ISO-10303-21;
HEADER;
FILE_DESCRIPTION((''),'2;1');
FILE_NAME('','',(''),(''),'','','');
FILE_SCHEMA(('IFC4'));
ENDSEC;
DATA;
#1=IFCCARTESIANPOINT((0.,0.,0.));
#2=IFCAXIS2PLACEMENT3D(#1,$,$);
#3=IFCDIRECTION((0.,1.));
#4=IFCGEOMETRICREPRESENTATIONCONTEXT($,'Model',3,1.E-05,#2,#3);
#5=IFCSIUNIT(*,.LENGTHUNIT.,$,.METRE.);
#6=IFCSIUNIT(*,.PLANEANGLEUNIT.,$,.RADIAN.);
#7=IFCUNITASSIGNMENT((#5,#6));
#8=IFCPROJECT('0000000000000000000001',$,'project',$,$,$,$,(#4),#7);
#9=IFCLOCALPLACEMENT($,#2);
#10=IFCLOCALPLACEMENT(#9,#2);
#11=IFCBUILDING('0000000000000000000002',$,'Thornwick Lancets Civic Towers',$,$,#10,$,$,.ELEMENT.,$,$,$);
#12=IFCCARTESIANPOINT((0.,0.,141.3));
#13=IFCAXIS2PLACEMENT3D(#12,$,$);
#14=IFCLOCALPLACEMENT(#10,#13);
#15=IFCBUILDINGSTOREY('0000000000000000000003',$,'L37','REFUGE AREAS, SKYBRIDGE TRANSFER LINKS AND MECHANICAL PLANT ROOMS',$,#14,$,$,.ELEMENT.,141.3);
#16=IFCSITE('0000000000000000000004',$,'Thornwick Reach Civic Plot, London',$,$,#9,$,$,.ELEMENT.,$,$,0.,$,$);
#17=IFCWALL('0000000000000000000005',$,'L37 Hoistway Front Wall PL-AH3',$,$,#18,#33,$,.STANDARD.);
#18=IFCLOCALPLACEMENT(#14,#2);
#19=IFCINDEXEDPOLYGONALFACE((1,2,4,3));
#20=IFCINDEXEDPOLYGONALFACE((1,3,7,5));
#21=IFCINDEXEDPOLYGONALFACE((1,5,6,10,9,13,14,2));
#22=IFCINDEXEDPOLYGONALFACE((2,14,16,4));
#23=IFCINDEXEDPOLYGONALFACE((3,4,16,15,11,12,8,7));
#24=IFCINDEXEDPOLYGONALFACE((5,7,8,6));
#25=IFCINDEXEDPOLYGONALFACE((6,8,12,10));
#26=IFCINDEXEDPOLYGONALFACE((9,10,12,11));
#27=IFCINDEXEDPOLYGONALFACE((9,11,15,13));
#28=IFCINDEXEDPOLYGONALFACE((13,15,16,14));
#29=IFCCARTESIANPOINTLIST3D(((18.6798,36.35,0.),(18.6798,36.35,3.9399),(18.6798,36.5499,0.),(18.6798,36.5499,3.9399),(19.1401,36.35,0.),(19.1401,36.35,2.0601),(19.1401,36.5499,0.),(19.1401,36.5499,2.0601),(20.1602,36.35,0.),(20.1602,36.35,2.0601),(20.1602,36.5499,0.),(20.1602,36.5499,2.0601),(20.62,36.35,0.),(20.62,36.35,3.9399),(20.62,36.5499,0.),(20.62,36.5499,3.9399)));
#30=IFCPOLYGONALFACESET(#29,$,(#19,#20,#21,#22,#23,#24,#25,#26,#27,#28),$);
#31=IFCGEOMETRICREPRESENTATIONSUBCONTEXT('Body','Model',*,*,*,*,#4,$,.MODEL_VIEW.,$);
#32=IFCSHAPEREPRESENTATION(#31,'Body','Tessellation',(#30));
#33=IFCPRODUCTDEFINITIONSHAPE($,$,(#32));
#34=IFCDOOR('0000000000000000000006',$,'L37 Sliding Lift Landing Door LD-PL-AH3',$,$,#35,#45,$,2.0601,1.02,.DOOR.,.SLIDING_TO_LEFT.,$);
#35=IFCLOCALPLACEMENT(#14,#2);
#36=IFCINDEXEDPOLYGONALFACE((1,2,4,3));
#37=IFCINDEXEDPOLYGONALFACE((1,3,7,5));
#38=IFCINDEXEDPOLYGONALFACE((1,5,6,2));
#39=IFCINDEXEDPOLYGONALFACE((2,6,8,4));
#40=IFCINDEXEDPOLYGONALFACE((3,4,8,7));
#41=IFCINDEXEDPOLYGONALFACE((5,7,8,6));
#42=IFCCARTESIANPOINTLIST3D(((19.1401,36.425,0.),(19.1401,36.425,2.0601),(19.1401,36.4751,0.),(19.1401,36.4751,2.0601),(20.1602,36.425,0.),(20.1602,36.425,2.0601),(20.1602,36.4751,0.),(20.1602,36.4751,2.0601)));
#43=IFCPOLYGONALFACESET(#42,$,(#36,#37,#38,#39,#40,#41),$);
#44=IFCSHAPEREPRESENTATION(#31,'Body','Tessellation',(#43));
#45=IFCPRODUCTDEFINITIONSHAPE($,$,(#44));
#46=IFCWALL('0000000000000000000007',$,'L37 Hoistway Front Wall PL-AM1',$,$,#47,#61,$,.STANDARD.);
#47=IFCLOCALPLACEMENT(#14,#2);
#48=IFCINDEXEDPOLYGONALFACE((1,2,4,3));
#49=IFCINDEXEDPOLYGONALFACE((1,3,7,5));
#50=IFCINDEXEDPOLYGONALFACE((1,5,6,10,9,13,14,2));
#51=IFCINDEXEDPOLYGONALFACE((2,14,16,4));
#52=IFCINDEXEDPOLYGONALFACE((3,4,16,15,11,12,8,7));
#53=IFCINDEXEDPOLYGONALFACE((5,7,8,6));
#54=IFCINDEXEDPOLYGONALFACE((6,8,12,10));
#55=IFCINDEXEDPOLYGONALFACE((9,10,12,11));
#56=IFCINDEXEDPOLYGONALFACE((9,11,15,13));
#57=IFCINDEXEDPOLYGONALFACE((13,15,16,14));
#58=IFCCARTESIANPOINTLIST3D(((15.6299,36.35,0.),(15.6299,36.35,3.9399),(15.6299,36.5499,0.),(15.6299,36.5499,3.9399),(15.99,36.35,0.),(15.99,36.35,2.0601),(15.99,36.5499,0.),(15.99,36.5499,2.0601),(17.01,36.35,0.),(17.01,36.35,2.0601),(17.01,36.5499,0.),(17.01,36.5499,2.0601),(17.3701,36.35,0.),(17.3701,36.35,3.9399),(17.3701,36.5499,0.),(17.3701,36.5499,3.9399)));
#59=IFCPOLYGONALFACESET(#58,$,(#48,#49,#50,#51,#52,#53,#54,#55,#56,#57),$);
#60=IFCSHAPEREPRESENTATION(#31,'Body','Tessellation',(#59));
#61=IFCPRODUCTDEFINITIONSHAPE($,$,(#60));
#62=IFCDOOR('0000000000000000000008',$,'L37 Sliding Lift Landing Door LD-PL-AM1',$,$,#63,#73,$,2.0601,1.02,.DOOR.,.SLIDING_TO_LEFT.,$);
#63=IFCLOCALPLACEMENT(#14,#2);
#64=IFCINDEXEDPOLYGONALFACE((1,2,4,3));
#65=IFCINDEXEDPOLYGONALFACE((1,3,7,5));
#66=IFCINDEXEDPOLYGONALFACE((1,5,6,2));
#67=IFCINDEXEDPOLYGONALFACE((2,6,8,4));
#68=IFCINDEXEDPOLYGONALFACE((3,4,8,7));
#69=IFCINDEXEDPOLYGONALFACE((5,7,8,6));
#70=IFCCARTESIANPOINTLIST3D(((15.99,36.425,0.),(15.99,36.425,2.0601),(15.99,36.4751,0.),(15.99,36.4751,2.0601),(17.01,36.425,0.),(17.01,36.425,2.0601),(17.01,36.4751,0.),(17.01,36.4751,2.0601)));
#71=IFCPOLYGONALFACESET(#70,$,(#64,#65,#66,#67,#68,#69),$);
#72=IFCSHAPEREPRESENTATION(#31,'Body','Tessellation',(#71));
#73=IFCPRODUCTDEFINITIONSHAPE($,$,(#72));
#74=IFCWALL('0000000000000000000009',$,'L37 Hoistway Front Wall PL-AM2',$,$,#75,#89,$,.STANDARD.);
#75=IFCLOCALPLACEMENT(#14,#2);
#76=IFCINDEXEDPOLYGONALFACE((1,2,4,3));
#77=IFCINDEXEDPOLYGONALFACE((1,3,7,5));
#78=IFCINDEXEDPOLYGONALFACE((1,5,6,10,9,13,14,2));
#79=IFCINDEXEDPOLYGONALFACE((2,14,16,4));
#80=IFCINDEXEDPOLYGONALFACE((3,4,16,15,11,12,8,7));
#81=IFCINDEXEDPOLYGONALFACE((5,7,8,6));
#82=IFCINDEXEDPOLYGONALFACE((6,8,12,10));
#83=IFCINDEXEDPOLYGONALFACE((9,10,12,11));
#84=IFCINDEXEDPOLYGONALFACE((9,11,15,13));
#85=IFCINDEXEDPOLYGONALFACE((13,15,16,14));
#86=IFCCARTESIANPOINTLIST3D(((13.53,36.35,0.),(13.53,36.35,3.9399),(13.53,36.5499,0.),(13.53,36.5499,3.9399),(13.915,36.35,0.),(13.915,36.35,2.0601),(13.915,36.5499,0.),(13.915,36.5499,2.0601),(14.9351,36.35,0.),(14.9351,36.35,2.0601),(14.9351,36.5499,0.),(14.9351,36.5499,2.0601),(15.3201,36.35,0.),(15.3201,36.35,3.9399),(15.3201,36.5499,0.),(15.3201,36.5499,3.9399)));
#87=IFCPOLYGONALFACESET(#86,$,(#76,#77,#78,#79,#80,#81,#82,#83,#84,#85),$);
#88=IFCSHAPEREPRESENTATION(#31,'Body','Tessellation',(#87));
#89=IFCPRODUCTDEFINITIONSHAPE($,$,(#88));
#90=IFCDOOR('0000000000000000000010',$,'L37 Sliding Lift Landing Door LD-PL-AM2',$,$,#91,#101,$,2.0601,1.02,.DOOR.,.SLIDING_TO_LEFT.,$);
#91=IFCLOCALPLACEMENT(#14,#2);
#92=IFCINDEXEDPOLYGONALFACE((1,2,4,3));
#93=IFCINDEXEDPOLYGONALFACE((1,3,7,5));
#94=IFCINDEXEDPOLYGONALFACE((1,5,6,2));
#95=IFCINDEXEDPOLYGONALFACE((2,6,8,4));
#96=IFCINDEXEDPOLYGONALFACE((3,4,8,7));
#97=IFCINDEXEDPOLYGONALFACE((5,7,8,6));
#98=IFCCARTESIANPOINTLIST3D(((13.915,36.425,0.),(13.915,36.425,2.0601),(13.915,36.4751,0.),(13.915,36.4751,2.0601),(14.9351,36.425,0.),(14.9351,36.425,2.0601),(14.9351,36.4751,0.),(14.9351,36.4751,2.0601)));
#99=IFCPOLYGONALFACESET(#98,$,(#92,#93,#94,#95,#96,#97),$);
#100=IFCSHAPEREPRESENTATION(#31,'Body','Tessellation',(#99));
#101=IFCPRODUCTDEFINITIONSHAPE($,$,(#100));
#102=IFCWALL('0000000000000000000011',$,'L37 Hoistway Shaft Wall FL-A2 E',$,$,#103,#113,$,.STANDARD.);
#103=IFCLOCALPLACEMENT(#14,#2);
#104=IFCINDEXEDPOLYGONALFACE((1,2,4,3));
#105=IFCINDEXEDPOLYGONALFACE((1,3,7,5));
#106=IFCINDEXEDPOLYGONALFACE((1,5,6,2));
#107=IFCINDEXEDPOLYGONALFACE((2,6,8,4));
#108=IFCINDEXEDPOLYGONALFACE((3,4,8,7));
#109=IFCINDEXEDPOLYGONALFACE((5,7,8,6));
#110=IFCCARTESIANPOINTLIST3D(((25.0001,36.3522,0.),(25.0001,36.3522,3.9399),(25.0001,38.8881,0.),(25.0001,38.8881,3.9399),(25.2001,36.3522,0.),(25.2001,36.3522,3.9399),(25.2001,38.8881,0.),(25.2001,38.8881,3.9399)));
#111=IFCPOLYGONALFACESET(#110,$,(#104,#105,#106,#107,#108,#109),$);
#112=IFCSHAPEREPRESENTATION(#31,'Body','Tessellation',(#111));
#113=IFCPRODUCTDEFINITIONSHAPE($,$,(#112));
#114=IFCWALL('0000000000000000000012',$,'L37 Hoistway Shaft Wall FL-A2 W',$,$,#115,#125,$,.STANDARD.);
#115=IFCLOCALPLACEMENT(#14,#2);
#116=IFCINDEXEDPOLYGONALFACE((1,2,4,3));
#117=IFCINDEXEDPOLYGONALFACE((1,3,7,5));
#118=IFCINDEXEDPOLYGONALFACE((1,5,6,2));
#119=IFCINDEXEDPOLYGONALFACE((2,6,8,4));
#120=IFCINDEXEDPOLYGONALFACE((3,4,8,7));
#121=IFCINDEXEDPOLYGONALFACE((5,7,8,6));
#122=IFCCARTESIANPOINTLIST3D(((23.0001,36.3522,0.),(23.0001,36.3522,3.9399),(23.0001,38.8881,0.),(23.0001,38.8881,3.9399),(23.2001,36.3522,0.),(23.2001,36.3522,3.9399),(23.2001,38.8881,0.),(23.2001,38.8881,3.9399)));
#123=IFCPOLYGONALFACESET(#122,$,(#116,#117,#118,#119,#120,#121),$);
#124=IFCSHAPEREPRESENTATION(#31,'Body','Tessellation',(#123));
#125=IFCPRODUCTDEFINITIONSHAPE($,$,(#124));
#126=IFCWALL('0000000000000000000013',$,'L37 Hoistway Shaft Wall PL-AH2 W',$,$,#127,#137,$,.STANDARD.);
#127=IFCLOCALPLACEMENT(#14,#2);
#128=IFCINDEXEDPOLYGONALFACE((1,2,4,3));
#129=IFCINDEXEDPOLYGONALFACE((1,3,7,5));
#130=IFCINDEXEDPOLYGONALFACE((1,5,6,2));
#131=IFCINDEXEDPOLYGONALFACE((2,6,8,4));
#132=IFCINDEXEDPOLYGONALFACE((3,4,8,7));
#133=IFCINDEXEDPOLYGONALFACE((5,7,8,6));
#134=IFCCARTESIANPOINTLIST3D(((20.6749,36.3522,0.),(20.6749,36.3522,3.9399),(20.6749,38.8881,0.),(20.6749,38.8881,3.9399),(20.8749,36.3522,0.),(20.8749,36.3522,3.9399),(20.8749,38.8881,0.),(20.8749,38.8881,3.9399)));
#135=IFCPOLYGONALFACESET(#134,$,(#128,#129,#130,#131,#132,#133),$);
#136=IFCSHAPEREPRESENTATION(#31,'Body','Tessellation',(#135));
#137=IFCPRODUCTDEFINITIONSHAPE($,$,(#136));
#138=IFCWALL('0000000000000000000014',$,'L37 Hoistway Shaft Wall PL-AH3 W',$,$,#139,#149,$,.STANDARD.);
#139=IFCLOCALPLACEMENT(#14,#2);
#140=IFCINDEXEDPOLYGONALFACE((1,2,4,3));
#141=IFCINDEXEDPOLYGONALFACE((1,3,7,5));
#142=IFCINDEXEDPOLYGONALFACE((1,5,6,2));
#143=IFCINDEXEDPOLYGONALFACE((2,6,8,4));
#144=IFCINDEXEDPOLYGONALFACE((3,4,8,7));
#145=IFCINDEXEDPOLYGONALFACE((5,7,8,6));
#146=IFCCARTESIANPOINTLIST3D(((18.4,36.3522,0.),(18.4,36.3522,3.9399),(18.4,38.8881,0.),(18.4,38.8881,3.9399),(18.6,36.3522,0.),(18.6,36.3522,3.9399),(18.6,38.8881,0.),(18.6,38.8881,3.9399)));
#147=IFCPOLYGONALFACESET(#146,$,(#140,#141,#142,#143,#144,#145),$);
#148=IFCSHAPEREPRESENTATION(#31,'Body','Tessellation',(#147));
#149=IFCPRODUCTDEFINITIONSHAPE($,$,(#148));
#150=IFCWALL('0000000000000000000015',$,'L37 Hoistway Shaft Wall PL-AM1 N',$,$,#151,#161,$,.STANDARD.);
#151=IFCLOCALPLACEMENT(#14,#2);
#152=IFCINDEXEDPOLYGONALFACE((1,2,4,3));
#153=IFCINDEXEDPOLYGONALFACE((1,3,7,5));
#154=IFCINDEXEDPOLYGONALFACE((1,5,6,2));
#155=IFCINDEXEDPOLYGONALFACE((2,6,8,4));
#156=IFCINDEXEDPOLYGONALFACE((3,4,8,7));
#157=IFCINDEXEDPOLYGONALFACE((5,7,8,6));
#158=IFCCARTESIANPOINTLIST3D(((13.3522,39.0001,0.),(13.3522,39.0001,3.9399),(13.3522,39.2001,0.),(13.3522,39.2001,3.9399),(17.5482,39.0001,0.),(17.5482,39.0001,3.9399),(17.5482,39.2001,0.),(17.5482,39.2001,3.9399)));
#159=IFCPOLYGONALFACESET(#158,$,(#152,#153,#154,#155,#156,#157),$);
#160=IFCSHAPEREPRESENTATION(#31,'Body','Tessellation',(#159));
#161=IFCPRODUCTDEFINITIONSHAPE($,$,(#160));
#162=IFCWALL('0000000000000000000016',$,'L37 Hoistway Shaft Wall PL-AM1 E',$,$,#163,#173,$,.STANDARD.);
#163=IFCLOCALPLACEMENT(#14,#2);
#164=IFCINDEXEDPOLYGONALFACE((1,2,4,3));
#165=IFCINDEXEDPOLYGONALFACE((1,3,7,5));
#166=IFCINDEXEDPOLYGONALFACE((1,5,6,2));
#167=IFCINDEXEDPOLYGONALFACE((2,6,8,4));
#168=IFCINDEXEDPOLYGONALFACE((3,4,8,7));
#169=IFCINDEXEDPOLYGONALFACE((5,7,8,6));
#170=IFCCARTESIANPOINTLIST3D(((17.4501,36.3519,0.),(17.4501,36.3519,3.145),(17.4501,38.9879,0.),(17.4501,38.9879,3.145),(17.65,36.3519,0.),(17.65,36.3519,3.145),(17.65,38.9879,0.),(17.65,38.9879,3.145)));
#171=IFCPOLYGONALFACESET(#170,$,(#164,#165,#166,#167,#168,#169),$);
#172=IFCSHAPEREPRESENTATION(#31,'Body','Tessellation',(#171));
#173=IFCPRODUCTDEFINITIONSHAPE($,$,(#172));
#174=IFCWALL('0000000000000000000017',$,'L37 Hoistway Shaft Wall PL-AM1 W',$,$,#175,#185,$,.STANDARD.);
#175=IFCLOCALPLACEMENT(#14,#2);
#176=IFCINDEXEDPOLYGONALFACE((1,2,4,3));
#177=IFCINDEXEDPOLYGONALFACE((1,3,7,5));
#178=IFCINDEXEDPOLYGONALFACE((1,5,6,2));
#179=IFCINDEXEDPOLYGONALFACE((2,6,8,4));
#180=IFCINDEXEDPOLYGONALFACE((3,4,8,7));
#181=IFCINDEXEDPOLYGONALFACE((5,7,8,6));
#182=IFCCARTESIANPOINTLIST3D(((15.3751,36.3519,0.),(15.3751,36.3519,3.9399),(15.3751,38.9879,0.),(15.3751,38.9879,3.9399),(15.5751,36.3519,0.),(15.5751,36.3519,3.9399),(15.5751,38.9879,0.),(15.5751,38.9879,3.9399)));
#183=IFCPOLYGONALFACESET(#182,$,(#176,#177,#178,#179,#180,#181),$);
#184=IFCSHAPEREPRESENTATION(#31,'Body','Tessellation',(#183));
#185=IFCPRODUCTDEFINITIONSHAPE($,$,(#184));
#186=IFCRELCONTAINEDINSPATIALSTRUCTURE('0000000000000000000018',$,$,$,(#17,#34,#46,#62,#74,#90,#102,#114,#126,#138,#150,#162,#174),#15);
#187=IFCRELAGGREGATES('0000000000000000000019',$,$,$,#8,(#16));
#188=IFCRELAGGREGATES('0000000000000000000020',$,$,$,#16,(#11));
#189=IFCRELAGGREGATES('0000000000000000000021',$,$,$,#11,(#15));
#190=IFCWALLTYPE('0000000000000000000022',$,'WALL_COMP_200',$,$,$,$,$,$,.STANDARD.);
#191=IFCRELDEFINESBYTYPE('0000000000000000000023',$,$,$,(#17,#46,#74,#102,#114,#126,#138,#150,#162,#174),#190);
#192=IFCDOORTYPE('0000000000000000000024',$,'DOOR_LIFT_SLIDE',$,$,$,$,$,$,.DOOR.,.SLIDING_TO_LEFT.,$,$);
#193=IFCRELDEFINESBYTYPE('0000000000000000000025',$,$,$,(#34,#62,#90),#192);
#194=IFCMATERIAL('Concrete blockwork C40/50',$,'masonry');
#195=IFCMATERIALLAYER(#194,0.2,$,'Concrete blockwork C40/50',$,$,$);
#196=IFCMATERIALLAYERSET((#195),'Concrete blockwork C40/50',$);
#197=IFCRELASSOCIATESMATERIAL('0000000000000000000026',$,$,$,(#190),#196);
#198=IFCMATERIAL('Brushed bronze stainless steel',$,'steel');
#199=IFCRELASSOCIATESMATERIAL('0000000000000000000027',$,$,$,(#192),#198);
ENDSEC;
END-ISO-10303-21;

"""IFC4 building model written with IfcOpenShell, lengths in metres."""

from ifc_helpers import new_model, si_unit, direction, frame, frame_2d, origin, place, context, subcontext, project, spatial, rectangle, extrude, material, layer, layer_set, type_object, element, fill, save


model = new_model("IFC4")

# Units and contexts
model_context = context("Model", 3, precision=1e-05, world=origin(), true_north=direction((0.0, 1.0)))
body_context = subcontext(model_context, "Body", "Model", "MODEL_VIEW")
ifc_project = project(units=[si_unit("LENGTHUNIT", "METRE"), si_unit("PLANEANGLEUNIT", "RADIAN")], contexts=[model_context])

# Site, building, storey
site_placement = place(None, origin())
site = spatial("IfcSite", under=ifc_project, at=site_placement, Name="Thornwick Reach Civic Plot, London", CompositionType="ELEMENT", RefElevation=0.0)
building_placement = place(site_placement, origin())
building = spatial("IfcBuilding", under=site, at=building_placement, Name="Thornwick Lancets Civic Towers", CompositionType="ELEMENT")
storey_placement = place(building_placement, frame((0.0, 0.0, 141.3)))
storey = spatial("IfcBuildingStorey", under=building, at=storey_placement, Name="L37", Description="REFUGE AREAS, SKYBRIDGE TRANSFER LINKS AND MECHANICAL PLANT ROOMS", CompositionType="ELEMENT", Elevation=141.3)

# Walls, openings, doors
ifc_material_1 = material(Name="Concrete blockwork C40/50", Category="masonry")
ifc_layer_1 = layer(ifc_material_1, 0.2, Name="Concrete blockwork C40/50")
ifc_layer_set_1 = layer_set([ifc_layer_1], Name="Concrete blockwork C40/50")
wall_type_1 = type_object("IfcWallType", Name="WALL_COMP_200", PredefinedType="STANDARD", material=ifc_layer_set_1)
ifc_material_2 = material(Name="Brushed bronze stainless steel", Category="steel")
door_type = type_object("IfcDoorType", Name="DOOR_LIFT_SLIDE", OperationType="SLIDING_TO_LEFT", PredefinedType="DOOR", material=ifc_material_2)
wall_1_placement = place(storey_placement, frame((20.6201, 36.45, 0.0), z_axis=(0.0, 0.0, 1.0), x_axis=(-1.0, 0.0, 0.0)))
wall_1 = element("IfcWall", 1, at=wall_1_placement, inside=storey, type_object=wall_type_1, Name="L37 Hoistway Front Wall PL-AH3", PredefinedType="STANDARD", context=body_context, shape_type="SweptSolid", body=[
    extrude(rectangle(XDim=1.9402, YDim=0.2, at=frame_2d((0.9702, 0.0))), origin(), (0.0, 0.0, 1.0), 3.9399),
])
opening_1_placement = place(wall_1_placement, frame((0.46, 0.0, 0.0)))
opening_1 = element("IfcOpeningElement", 2, at=opening_1_placement, cuts=wall_1, PredefinedType="OPENING", context=body_context, shape_type="SweptSolid", body=[
    extrude(rectangle(XDim=1.02, YDim=2.0601, at=frame_2d((0.51, 1.03))), frame((0.0, 0.1099, 0.0), z_axis=(0.0, -1.0, 0.0), x_axis=(1.0, 0.0, 0.0)), (0.0, 0.0, 1.0), 0.22),
])
door_1_placement = place(opening_1_placement, origin())
door_1 = element("IfcDoor", 3, at=door_1_placement, inside=storey, type_object=door_type, Name="L37 Sliding Lift Landing Door LD-PL-AH3", OperationType="SLIDING_TO_LEFT", OverallHeight=2.0601, OverallWidth=1.02, PredefinedType="DOOR", context=body_context, shape_type="SweptSolid", body=[
    extrude(rectangle(XDim=1.02, YDim=2.0601, at=frame_2d((0.51, 1.03))), frame((0.0, 0.0249, 0.0), z_axis=(0.0, -1.0, 0.0), x_axis=(1.0, 0.0, 0.0)), (0.0, 0.0, 1.0), 0.05),
])
fill(opening_1, door_1)
wall_2_placement = place(storey_placement, frame((17.3701, 36.45, 0.0), z_axis=(0.0, 0.0, 1.0), x_axis=(-1.0, 0.0, 0.0)))
wall_2 = element("IfcWall", 4, at=wall_2_placement, inside=storey, type_object=wall_type_1, Name="L37 Hoistway Front Wall PL-AM1", PredefinedType="STANDARD", context=body_context, shape_type="SweptSolid", body=[
    extrude(rectangle(XDim=1.7402, YDim=0.2, at=frame_2d((0.8701, 0.0))), origin(), (0.0, 0.0, 1.0), 3.9399),
])
opening_2_placement = place(wall_2_placement, frame((0.3601, 0.0, 0.0)))
opening_2 = element("IfcOpeningElement", 5, at=opening_2_placement, cuts=wall_2, PredefinedType="OPENING", context=body_context, shape_type="SweptSolid", body=[
    extrude(rectangle(XDim=1.02, YDim=2.0601, at=frame_2d((0.51, 1.03))), frame((0.0, 0.1099, 0.0), z_axis=(0.0, -1.0, 0.0), x_axis=(1.0, 0.0, 0.0)), (0.0, 0.0, 1.0), 0.22),
])
door_2_placement = place(opening_2_placement, origin())
door_2 = element("IfcDoor", 6, at=door_2_placement, inside=storey, type_object=door_type, Name="L37 Sliding Lift Landing Door LD-PL-AM1", OperationType="SLIDING_TO_LEFT", OverallHeight=2.0601, OverallWidth=1.02, PredefinedType="DOOR", context=body_context, shape_type="SweptSolid", body=[
    extrude(rectangle(XDim=1.02, YDim=2.0601, at=frame_2d((0.51, 1.03))), frame((0.0, 0.0249, 0.0), z_axis=(0.0, -1.0, 0.0), x_axis=(1.0, 0.0, 0.0)), (0.0, 0.0, 1.0), 0.05),
])
fill(opening_2, door_2)
wall_3_placement = place(storey_placement, frame((15.3201, 36.45, 0.0), z_axis=(0.0, 0.0, 1.0), x_axis=(-1.0, 0.0, 0.0)))
wall_3 = element("IfcWall", 7, at=wall_3_placement, inside=storey, type_object=wall_type_1, Name="L37 Hoistway Front Wall PL-AM2", PredefinedType="STANDARD", context=body_context, shape_type="SweptSolid", body=[
    extrude(rectangle(XDim=1.79, YDim=0.2, at=frame_2d((0.895, 0.0))), origin(), (0.0, 0.0, 1.0), 3.9399),
])
opening_3_placement = place(wall_3_placement, frame((0.385, 0.0, 0.0)))
opening_3 = element("IfcOpeningElement", 8, at=opening_3_placement, cuts=wall_3, PredefinedType="OPENING", context=body_context, shape_type="SweptSolid", body=[
    extrude(rectangle(XDim=1.02, YDim=2.0601, at=frame_2d((0.51, 1.03))), frame((0.0, 0.1099, 0.0), z_axis=(0.0, -1.0, 0.0), x_axis=(1.0, 0.0, 0.0)), (0.0, 0.0, 1.0), 0.22),
])
door_3_placement = place(opening_3_placement, origin())
door_3 = element("IfcDoor", 9, at=door_3_placement, inside=storey, type_object=door_type, Name="L37 Sliding Lift Landing Door LD-PL-AM2", OperationType="SLIDING_TO_LEFT", OverallHeight=2.0601, OverallWidth=1.02, PredefinedType="DOOR", context=body_context, shape_type="SweptSolid", body=[
    extrude(rectangle(XDim=1.02, YDim=2.0601, at=frame_2d((0.51, 1.03))), frame((0.0, 0.0249, 0.0), z_axis=(0.0, -1.0, 0.0), x_axis=(1.0, 0.0, 0.0)), (0.0, 0.0, 1.0), 0.05),
])
fill(opening_3, door_3)

# Walls
for number, where, z_axis, x_axis, name in (
    (10, (25.1001, 36.3521, 0.0), (0.0, 0.0, 1.0), (0.0, 1.0, 0.0), "L37 Hoistway Shaft Wall FL-A2 E"),
    (11, (23.1001, 36.3521, 0.0), (0.0, 0.0, 1.0), (0.0, 1.0, 0.0), "L37 Hoistway Shaft Wall FL-A2 W"),
    (12, (20.7749, 36.3521, 0.0), (0.0, 0.0, 1.0), (0.0, 1.0, 0.0), "L37 Hoistway Shaft Wall PL-AH2 W"),
    (13, (18.5, 36.3521, 0.0), (0.0, 0.0, 1.0), (0.0, 1.0, 0.0), "L37 Hoistway Shaft Wall PL-AH3 W"),
):
    element("IfcWall", number, at=place(storey_placement, frame(where, z_axis=z_axis, x_axis=x_axis)), inside=storey, type_object=wall_type_1, Name=name, PredefinedType="STANDARD", context=body_context, shape_type="SweptSolid", body=[
        extrude(rectangle(XDim=2.5359, YDim=0.2, at=frame_2d((1.2681, 0.0))), origin(), (0.0, 0.0, 1.0), 3.9399),
    ])
wall_4_placement = place(storey_placement, frame((13.3521, 39.1001, 0.0), z_axis=(0.0, 0.0, 1.0), x_axis=(1.0, 0.0, 0.0)))
element("IfcWall", 14, at=wall_4_placement, inside=storey, type_object=wall_type_1, Name="L37 Hoistway Shaft Wall PL-AM1 N", PredefinedType="STANDARD", context=body_context, shape_type="SweptSolid", body=[
    extrude(rectangle(XDim=4.196, YDim=0.2, at=frame_2d((2.0981, 0.0))), origin(), (0.0, 0.0, 1.0), 3.9399),
])
wall_5_placement = place(storey_placement, frame((17.55, 36.3521, 0.0), z_axis=(0.0, 0.0, 1.0), x_axis=(0.0, 1.0, 0.0)))
element("IfcWall", 15, at=wall_5_placement, inside=storey, type_object=wall_type_1, Name="L37 Hoistway Shaft Wall PL-AM1 E", PredefinedType="STANDARD", context=body_context, shape_type="SweptSolid", body=[
    extrude(rectangle(XDim=2.636, YDim=0.2, at=frame_2d((1.3179, 0.0))), origin(), (0.0, 0.0, 1.0), 3.145),
])
wall_6_placement = place(storey_placement, frame((15.4751, 36.3521, 0.0), z_axis=(0.0, 0.0, 1.0), x_axis=(0.0, 1.0, 0.0)))
element("IfcWall", 16, at=wall_6_placement, inside=storey, type_object=wall_type_1, Name="L37 Hoistway Shaft Wall PL-AM1 W", PredefinedType="STANDARD", context=body_context, shape_type="SweptSolid", body=[
    extrude(rectangle(XDim=2.636, YDim=0.2, at=frame_2d((1.3179, 0.0))), origin(), (0.0, 0.0, 1.0), 3.9399),
])

save(model, "model.ifc")
